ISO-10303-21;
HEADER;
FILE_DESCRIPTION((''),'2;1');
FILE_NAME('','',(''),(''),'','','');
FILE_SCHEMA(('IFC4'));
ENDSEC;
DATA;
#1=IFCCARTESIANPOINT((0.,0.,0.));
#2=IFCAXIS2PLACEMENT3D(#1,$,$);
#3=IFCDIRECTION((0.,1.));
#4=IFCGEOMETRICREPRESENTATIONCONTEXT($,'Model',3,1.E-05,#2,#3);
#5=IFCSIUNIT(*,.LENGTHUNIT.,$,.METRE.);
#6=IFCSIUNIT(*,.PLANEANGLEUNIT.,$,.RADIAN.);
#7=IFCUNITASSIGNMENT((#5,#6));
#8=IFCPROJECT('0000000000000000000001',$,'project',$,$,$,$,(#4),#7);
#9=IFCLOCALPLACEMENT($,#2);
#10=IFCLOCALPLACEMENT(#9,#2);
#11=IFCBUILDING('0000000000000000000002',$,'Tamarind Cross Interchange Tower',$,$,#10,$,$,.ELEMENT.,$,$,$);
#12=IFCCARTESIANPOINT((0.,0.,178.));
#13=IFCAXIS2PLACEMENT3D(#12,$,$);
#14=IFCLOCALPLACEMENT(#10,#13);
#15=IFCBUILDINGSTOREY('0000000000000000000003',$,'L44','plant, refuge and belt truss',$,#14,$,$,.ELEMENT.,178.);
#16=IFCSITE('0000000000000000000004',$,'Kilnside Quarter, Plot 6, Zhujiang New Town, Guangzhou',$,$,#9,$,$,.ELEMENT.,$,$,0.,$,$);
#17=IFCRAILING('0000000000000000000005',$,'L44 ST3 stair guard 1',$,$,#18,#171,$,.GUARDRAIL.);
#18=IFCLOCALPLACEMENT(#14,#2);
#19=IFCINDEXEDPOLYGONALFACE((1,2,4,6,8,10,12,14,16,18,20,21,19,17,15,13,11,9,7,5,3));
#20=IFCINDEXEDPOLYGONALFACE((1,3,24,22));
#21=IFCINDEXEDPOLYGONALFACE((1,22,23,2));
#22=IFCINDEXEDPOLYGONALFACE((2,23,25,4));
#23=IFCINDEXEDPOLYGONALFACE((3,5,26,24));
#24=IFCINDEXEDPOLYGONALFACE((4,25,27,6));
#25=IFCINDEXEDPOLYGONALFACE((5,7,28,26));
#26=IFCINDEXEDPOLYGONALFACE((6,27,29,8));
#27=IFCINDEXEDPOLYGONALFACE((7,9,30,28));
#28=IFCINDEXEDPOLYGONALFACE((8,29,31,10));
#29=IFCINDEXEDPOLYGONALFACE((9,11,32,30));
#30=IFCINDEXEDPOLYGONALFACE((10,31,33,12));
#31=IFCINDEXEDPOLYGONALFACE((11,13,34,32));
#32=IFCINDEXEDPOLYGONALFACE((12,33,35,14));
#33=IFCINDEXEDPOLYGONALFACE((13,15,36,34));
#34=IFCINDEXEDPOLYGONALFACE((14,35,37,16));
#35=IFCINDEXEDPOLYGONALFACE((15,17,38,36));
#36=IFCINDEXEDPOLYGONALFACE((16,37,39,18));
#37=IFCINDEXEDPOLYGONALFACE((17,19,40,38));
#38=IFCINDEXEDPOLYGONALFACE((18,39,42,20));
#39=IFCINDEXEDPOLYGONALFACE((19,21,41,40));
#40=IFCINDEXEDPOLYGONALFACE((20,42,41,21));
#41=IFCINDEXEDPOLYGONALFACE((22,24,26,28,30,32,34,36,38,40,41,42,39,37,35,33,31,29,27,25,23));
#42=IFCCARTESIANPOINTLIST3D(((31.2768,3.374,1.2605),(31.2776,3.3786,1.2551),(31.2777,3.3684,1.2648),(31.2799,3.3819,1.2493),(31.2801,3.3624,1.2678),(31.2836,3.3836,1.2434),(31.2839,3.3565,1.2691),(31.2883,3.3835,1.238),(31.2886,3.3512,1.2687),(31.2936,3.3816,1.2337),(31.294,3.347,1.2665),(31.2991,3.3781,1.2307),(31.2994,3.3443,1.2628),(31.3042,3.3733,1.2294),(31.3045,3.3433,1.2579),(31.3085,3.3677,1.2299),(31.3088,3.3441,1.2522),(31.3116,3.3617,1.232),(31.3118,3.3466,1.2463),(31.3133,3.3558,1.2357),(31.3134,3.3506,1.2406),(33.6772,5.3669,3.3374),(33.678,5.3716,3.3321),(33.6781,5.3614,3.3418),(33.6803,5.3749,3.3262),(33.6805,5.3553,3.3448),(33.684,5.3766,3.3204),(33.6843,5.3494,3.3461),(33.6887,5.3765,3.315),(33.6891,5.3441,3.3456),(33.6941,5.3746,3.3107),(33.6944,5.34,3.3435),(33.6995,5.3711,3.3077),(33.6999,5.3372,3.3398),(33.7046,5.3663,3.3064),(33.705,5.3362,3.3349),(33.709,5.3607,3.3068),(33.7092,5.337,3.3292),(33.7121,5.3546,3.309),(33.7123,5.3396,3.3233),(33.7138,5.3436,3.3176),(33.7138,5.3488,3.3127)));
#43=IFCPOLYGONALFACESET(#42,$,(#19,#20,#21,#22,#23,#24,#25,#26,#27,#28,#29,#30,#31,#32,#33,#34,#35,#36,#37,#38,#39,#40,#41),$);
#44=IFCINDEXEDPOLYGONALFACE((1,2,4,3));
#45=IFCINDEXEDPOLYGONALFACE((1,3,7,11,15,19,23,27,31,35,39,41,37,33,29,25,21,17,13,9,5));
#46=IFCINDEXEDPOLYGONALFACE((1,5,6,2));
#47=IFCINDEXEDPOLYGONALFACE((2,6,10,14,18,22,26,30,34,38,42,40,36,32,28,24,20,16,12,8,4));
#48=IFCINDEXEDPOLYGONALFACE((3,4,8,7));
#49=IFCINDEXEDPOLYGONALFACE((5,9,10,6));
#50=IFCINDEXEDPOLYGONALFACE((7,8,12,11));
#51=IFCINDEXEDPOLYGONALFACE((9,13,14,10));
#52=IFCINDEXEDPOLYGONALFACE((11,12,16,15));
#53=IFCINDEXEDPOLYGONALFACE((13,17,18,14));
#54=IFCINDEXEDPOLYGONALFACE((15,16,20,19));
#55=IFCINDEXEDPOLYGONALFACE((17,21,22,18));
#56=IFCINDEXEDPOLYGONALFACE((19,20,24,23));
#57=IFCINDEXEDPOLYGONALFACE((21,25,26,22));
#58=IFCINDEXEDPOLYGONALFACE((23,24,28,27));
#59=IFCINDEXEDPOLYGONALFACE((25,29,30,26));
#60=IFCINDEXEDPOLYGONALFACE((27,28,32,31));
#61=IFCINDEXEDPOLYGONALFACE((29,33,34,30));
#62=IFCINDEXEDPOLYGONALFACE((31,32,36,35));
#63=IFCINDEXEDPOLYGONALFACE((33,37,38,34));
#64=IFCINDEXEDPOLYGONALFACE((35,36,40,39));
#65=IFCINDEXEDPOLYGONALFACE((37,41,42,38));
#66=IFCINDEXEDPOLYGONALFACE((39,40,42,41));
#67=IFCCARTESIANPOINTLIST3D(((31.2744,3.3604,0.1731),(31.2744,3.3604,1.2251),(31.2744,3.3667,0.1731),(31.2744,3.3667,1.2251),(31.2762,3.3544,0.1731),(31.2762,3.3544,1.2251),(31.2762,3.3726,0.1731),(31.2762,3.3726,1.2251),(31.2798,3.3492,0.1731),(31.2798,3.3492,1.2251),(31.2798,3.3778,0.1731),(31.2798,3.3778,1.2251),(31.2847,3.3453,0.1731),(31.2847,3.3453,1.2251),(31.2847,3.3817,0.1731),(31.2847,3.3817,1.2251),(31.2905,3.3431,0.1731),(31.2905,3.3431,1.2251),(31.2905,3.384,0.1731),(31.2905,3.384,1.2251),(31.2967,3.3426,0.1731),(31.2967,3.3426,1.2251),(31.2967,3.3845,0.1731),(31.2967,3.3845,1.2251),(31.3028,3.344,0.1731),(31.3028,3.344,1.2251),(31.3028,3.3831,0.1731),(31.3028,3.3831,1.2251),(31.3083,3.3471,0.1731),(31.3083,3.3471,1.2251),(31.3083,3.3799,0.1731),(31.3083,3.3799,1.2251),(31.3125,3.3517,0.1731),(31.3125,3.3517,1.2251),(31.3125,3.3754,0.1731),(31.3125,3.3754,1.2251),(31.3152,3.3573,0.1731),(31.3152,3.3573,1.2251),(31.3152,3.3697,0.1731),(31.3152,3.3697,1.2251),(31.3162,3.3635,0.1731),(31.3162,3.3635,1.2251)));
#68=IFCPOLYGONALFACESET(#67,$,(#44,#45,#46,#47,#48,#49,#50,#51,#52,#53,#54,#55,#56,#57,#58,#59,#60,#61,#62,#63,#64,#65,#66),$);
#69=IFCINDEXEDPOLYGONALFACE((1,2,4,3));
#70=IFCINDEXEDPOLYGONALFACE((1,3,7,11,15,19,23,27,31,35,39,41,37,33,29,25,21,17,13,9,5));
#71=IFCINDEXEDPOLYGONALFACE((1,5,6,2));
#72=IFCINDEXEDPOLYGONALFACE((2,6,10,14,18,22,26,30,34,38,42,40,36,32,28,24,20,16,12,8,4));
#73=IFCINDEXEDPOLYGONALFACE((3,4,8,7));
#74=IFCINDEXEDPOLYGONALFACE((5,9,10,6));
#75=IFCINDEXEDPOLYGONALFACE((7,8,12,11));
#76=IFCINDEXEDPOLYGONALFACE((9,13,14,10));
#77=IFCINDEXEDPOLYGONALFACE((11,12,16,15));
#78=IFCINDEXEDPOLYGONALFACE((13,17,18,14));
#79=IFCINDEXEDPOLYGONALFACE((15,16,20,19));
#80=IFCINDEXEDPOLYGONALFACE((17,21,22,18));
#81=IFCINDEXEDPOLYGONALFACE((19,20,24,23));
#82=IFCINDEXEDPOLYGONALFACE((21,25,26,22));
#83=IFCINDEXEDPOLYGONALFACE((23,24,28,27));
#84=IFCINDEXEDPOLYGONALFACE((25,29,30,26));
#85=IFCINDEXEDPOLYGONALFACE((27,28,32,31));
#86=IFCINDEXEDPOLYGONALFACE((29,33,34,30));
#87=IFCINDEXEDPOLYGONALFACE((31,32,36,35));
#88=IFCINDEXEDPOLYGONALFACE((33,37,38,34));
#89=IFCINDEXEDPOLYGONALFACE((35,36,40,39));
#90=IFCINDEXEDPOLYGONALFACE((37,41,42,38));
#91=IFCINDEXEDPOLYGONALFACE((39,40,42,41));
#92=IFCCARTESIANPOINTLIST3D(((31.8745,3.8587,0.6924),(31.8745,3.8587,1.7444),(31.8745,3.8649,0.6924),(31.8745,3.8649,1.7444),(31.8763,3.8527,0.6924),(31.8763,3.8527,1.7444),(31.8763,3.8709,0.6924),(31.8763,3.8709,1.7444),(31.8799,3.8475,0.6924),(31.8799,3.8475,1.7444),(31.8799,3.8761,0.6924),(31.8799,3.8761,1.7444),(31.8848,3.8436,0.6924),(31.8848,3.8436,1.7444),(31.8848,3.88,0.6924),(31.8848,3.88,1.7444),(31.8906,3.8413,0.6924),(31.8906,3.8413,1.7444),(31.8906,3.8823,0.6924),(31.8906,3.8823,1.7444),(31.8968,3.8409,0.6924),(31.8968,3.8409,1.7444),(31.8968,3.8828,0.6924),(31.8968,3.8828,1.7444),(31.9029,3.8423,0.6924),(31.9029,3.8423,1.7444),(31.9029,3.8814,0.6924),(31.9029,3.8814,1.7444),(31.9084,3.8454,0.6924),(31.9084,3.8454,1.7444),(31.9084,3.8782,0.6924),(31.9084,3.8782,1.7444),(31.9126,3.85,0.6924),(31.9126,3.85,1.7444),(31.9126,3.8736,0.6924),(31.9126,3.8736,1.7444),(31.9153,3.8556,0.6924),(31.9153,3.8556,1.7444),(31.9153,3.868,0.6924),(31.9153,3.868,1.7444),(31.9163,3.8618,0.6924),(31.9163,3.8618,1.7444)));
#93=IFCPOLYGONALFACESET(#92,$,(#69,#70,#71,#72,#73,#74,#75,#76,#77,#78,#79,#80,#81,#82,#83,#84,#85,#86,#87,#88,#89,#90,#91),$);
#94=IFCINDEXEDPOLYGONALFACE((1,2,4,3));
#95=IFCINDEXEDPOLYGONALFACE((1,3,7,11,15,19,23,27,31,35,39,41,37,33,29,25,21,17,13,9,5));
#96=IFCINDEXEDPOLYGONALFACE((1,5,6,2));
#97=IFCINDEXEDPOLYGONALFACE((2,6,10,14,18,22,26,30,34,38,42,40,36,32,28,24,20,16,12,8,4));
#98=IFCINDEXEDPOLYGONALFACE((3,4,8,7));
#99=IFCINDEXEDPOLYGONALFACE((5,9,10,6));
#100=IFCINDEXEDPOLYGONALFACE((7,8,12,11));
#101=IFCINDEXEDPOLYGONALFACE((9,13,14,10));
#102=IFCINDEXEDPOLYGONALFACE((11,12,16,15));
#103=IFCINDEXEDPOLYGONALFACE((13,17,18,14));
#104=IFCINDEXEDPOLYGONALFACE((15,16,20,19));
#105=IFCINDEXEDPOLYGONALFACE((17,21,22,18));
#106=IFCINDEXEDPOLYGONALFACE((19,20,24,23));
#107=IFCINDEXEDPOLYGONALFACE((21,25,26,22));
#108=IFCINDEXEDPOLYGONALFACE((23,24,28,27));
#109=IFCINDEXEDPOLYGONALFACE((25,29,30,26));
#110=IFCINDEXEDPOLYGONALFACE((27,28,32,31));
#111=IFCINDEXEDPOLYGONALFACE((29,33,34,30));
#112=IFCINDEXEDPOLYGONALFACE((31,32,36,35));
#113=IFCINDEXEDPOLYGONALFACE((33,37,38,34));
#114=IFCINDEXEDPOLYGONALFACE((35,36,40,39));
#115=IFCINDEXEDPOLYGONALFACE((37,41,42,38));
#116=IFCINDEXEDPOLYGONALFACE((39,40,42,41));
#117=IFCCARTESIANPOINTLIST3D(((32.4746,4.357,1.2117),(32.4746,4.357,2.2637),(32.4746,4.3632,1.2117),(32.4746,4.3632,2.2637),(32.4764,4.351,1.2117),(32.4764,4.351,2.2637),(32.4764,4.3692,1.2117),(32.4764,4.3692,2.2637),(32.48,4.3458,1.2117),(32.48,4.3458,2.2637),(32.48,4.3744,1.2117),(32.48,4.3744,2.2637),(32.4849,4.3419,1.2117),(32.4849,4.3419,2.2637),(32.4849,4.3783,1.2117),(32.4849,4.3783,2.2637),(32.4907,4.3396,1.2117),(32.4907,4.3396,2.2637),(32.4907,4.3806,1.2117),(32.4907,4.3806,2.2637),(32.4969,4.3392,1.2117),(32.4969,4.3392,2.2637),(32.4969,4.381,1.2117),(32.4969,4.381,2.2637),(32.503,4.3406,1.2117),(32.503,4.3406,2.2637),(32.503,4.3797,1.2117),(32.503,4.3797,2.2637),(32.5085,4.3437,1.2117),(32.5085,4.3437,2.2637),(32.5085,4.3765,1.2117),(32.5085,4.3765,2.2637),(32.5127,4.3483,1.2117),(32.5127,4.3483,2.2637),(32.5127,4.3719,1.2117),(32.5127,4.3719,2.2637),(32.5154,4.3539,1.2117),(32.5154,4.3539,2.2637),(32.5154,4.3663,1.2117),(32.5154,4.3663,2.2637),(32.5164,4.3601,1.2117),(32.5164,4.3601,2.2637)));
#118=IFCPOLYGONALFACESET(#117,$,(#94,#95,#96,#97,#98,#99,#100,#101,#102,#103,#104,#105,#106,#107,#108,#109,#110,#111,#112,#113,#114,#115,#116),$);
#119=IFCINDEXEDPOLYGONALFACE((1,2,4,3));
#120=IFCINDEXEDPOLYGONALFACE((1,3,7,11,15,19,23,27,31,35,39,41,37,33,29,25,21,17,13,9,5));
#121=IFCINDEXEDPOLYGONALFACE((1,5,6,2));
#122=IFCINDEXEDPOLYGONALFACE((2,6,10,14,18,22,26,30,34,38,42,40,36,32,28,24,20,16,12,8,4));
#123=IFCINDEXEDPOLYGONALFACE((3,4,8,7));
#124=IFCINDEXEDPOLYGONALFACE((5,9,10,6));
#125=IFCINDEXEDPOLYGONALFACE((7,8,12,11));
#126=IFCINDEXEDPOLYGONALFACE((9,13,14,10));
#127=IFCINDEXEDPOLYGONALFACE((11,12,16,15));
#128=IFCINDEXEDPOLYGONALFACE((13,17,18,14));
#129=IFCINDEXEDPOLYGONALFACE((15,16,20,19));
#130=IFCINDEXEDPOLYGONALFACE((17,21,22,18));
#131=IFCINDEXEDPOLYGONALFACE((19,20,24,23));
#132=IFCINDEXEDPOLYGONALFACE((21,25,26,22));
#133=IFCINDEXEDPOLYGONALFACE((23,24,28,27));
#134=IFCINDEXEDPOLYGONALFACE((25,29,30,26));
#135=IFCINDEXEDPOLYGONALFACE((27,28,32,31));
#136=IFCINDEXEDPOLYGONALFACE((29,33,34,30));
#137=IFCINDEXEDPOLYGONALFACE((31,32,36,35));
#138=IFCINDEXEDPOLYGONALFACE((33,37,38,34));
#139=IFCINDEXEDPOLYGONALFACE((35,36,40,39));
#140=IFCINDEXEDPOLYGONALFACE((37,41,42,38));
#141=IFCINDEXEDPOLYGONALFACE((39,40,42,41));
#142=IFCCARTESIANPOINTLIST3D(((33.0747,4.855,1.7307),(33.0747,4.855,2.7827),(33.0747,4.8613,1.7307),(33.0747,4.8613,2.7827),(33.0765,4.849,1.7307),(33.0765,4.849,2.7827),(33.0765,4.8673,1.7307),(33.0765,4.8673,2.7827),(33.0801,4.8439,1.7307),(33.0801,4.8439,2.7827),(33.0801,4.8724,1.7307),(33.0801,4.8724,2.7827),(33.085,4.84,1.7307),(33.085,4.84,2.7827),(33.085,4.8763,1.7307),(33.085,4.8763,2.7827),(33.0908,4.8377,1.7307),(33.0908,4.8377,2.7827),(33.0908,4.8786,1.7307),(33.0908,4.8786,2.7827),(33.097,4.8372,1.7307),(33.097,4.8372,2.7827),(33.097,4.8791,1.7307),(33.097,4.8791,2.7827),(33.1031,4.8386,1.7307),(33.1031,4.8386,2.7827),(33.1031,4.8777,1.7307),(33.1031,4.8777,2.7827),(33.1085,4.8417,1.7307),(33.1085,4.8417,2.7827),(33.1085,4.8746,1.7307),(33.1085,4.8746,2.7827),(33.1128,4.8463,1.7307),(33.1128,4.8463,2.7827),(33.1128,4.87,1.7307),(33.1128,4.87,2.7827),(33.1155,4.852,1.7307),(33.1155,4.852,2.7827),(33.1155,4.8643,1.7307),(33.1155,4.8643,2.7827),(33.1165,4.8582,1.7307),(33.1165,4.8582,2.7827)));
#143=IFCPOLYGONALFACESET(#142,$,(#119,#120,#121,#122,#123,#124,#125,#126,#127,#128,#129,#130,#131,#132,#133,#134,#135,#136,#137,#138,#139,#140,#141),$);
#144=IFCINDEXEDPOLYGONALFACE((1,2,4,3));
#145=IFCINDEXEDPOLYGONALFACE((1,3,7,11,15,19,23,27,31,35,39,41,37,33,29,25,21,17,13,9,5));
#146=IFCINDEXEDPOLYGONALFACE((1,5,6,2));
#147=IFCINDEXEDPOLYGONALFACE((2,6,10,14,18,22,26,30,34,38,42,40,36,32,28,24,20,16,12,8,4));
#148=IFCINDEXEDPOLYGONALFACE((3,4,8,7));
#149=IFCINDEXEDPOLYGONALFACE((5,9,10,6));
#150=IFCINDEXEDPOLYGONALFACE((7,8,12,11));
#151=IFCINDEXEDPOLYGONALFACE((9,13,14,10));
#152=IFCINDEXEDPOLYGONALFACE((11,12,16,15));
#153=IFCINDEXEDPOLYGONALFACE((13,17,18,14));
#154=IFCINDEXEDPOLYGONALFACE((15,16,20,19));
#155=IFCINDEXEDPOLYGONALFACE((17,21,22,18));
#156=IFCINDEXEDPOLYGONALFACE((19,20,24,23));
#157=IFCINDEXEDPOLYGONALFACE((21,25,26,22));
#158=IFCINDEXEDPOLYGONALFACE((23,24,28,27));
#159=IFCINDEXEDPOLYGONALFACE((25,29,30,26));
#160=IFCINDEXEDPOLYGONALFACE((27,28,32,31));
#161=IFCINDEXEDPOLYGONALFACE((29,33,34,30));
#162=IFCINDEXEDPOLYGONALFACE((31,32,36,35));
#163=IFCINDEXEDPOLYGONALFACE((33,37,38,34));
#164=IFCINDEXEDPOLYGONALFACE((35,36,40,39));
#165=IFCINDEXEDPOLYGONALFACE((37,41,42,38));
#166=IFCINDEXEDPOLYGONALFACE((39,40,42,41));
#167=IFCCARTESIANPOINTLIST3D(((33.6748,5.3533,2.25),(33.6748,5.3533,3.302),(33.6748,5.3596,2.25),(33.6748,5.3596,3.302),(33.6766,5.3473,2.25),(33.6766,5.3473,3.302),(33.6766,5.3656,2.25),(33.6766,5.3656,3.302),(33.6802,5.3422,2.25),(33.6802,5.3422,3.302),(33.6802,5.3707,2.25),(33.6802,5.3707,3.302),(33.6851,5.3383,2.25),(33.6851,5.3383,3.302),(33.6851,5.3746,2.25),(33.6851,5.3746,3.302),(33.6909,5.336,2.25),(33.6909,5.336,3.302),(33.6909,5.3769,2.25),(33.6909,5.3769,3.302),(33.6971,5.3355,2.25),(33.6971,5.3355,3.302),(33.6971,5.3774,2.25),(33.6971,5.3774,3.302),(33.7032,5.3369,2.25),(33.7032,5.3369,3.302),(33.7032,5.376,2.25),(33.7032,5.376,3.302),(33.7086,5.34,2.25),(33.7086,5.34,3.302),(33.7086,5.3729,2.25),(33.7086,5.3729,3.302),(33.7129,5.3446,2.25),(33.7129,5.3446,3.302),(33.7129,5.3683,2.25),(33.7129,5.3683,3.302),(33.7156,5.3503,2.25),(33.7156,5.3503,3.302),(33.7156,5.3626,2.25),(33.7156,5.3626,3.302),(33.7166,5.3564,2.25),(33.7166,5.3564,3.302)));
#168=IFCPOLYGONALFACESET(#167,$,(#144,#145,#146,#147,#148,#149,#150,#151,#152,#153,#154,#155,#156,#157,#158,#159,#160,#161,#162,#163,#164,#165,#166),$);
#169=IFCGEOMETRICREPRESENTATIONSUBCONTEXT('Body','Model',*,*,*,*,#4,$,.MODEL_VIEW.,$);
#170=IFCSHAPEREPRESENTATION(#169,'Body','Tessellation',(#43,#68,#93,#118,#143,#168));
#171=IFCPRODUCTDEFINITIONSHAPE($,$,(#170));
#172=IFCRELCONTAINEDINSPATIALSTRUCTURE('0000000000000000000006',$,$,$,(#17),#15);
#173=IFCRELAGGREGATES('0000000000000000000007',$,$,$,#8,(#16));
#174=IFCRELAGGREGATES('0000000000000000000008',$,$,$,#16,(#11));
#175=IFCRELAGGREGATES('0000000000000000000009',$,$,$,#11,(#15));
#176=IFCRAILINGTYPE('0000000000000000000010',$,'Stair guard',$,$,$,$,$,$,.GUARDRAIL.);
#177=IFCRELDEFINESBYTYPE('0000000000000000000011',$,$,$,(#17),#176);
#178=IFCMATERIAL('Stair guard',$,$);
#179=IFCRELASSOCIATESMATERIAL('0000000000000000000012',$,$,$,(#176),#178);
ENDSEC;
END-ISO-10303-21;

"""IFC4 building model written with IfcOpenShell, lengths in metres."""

from ifc_helpers import new_model, si_unit, direction, frame, origin, origin_2d, place, context, subcontext, project, spatial, circle, extrude, material, type_object, element, save


model = new_model("IFC4")

# Units and contexts
model_context = context("Model", 3, precision=1e-05, world=origin(), true_north=direction((0.0, 1.0)))
body_context = subcontext(model_context, "Body", "Model", "MODEL_VIEW")
ifc_project = project(units=[si_unit("LENGTHUNIT", "METRE"), si_unit("PLANEANGLEUNIT", "RADIAN")], contexts=[model_context])

# Site, building, storey
site_placement = place(None, origin())
site = spatial("IfcSite", under=ifc_project, at=site_placement, Name="Kilnside Quarter, Plot 6, Zhujiang New Town, Guangzhou", CompositionType="ELEMENT", RefElevation=0.0)
building_placement = place(site_placement, origin())
building = spatial("IfcBuilding", under=site, at=building_placement, Name="Tamarind Cross Interchange Tower", CompositionType="ELEMENT")
storey_placement = place(building_placement, frame((0.0, 0.0, 178.0)))
storey = spatial("IfcBuildingStorey", under=building, at=storey_placement, Name="L44", Description="plant, refuge and belt truss", CompositionType="ELEMENT", Elevation=178.0)

# Railing
ifc_material_1 = material(Name="Stair guard")
railing_type = type_object("IfcRailingType", Name="Stair guard", PredefinedType="GUARDRAIL", material=ifc_material_1)
railing_1_placement = place(storey_placement, frame((31.2952, 3.3635, 0.1731)))
element("IfcRailing", 1, at=railing_1_placement, inside=storey, type_object=railing_type, Name="L44 ST3 stair guard 1", PredefinedType="GUARDRAIL", context=body_context, shape_type="SweptSolid", body=[
    extrude(circle(Radius=0.0239, at=origin_2d()), frame((0.0, 0.0, 1.0762), z_axis=(0.640454, 0.531736, 0.554144), x_axis=(-0.638782, 0.769387, 0.0)), (0.0, 0.0, 1.0), 3.748),
    extrude(circle(Radius=0.021, at=origin_2d()), origin(), (0.0, 0.0, 1.0), 1.052),
    extrude(circle(Radius=0.021, at=origin_2d()), frame((0.6001, 0.4983, 0.5193)), (0.0, 0.0, 1.0), 1.052),
    extrude(circle(Radius=0.021, at=origin_2d()), frame((1.2002, 0.9966, 1.0386)), (0.0, 0.0, 1.0), 1.052),
    extrude(circle(Radius=0.021, at=origin_2d()), frame((1.8003, 1.4946, 1.5576)), (0.0, 0.0, 1.0), 1.052),
    extrude(circle(Radius=0.021, at=origin_2d()), frame((2.4004, 1.9929, 2.0769)), (0.0, 0.0, 1.0), 1.052),
])

save(model, "model.ifc")
